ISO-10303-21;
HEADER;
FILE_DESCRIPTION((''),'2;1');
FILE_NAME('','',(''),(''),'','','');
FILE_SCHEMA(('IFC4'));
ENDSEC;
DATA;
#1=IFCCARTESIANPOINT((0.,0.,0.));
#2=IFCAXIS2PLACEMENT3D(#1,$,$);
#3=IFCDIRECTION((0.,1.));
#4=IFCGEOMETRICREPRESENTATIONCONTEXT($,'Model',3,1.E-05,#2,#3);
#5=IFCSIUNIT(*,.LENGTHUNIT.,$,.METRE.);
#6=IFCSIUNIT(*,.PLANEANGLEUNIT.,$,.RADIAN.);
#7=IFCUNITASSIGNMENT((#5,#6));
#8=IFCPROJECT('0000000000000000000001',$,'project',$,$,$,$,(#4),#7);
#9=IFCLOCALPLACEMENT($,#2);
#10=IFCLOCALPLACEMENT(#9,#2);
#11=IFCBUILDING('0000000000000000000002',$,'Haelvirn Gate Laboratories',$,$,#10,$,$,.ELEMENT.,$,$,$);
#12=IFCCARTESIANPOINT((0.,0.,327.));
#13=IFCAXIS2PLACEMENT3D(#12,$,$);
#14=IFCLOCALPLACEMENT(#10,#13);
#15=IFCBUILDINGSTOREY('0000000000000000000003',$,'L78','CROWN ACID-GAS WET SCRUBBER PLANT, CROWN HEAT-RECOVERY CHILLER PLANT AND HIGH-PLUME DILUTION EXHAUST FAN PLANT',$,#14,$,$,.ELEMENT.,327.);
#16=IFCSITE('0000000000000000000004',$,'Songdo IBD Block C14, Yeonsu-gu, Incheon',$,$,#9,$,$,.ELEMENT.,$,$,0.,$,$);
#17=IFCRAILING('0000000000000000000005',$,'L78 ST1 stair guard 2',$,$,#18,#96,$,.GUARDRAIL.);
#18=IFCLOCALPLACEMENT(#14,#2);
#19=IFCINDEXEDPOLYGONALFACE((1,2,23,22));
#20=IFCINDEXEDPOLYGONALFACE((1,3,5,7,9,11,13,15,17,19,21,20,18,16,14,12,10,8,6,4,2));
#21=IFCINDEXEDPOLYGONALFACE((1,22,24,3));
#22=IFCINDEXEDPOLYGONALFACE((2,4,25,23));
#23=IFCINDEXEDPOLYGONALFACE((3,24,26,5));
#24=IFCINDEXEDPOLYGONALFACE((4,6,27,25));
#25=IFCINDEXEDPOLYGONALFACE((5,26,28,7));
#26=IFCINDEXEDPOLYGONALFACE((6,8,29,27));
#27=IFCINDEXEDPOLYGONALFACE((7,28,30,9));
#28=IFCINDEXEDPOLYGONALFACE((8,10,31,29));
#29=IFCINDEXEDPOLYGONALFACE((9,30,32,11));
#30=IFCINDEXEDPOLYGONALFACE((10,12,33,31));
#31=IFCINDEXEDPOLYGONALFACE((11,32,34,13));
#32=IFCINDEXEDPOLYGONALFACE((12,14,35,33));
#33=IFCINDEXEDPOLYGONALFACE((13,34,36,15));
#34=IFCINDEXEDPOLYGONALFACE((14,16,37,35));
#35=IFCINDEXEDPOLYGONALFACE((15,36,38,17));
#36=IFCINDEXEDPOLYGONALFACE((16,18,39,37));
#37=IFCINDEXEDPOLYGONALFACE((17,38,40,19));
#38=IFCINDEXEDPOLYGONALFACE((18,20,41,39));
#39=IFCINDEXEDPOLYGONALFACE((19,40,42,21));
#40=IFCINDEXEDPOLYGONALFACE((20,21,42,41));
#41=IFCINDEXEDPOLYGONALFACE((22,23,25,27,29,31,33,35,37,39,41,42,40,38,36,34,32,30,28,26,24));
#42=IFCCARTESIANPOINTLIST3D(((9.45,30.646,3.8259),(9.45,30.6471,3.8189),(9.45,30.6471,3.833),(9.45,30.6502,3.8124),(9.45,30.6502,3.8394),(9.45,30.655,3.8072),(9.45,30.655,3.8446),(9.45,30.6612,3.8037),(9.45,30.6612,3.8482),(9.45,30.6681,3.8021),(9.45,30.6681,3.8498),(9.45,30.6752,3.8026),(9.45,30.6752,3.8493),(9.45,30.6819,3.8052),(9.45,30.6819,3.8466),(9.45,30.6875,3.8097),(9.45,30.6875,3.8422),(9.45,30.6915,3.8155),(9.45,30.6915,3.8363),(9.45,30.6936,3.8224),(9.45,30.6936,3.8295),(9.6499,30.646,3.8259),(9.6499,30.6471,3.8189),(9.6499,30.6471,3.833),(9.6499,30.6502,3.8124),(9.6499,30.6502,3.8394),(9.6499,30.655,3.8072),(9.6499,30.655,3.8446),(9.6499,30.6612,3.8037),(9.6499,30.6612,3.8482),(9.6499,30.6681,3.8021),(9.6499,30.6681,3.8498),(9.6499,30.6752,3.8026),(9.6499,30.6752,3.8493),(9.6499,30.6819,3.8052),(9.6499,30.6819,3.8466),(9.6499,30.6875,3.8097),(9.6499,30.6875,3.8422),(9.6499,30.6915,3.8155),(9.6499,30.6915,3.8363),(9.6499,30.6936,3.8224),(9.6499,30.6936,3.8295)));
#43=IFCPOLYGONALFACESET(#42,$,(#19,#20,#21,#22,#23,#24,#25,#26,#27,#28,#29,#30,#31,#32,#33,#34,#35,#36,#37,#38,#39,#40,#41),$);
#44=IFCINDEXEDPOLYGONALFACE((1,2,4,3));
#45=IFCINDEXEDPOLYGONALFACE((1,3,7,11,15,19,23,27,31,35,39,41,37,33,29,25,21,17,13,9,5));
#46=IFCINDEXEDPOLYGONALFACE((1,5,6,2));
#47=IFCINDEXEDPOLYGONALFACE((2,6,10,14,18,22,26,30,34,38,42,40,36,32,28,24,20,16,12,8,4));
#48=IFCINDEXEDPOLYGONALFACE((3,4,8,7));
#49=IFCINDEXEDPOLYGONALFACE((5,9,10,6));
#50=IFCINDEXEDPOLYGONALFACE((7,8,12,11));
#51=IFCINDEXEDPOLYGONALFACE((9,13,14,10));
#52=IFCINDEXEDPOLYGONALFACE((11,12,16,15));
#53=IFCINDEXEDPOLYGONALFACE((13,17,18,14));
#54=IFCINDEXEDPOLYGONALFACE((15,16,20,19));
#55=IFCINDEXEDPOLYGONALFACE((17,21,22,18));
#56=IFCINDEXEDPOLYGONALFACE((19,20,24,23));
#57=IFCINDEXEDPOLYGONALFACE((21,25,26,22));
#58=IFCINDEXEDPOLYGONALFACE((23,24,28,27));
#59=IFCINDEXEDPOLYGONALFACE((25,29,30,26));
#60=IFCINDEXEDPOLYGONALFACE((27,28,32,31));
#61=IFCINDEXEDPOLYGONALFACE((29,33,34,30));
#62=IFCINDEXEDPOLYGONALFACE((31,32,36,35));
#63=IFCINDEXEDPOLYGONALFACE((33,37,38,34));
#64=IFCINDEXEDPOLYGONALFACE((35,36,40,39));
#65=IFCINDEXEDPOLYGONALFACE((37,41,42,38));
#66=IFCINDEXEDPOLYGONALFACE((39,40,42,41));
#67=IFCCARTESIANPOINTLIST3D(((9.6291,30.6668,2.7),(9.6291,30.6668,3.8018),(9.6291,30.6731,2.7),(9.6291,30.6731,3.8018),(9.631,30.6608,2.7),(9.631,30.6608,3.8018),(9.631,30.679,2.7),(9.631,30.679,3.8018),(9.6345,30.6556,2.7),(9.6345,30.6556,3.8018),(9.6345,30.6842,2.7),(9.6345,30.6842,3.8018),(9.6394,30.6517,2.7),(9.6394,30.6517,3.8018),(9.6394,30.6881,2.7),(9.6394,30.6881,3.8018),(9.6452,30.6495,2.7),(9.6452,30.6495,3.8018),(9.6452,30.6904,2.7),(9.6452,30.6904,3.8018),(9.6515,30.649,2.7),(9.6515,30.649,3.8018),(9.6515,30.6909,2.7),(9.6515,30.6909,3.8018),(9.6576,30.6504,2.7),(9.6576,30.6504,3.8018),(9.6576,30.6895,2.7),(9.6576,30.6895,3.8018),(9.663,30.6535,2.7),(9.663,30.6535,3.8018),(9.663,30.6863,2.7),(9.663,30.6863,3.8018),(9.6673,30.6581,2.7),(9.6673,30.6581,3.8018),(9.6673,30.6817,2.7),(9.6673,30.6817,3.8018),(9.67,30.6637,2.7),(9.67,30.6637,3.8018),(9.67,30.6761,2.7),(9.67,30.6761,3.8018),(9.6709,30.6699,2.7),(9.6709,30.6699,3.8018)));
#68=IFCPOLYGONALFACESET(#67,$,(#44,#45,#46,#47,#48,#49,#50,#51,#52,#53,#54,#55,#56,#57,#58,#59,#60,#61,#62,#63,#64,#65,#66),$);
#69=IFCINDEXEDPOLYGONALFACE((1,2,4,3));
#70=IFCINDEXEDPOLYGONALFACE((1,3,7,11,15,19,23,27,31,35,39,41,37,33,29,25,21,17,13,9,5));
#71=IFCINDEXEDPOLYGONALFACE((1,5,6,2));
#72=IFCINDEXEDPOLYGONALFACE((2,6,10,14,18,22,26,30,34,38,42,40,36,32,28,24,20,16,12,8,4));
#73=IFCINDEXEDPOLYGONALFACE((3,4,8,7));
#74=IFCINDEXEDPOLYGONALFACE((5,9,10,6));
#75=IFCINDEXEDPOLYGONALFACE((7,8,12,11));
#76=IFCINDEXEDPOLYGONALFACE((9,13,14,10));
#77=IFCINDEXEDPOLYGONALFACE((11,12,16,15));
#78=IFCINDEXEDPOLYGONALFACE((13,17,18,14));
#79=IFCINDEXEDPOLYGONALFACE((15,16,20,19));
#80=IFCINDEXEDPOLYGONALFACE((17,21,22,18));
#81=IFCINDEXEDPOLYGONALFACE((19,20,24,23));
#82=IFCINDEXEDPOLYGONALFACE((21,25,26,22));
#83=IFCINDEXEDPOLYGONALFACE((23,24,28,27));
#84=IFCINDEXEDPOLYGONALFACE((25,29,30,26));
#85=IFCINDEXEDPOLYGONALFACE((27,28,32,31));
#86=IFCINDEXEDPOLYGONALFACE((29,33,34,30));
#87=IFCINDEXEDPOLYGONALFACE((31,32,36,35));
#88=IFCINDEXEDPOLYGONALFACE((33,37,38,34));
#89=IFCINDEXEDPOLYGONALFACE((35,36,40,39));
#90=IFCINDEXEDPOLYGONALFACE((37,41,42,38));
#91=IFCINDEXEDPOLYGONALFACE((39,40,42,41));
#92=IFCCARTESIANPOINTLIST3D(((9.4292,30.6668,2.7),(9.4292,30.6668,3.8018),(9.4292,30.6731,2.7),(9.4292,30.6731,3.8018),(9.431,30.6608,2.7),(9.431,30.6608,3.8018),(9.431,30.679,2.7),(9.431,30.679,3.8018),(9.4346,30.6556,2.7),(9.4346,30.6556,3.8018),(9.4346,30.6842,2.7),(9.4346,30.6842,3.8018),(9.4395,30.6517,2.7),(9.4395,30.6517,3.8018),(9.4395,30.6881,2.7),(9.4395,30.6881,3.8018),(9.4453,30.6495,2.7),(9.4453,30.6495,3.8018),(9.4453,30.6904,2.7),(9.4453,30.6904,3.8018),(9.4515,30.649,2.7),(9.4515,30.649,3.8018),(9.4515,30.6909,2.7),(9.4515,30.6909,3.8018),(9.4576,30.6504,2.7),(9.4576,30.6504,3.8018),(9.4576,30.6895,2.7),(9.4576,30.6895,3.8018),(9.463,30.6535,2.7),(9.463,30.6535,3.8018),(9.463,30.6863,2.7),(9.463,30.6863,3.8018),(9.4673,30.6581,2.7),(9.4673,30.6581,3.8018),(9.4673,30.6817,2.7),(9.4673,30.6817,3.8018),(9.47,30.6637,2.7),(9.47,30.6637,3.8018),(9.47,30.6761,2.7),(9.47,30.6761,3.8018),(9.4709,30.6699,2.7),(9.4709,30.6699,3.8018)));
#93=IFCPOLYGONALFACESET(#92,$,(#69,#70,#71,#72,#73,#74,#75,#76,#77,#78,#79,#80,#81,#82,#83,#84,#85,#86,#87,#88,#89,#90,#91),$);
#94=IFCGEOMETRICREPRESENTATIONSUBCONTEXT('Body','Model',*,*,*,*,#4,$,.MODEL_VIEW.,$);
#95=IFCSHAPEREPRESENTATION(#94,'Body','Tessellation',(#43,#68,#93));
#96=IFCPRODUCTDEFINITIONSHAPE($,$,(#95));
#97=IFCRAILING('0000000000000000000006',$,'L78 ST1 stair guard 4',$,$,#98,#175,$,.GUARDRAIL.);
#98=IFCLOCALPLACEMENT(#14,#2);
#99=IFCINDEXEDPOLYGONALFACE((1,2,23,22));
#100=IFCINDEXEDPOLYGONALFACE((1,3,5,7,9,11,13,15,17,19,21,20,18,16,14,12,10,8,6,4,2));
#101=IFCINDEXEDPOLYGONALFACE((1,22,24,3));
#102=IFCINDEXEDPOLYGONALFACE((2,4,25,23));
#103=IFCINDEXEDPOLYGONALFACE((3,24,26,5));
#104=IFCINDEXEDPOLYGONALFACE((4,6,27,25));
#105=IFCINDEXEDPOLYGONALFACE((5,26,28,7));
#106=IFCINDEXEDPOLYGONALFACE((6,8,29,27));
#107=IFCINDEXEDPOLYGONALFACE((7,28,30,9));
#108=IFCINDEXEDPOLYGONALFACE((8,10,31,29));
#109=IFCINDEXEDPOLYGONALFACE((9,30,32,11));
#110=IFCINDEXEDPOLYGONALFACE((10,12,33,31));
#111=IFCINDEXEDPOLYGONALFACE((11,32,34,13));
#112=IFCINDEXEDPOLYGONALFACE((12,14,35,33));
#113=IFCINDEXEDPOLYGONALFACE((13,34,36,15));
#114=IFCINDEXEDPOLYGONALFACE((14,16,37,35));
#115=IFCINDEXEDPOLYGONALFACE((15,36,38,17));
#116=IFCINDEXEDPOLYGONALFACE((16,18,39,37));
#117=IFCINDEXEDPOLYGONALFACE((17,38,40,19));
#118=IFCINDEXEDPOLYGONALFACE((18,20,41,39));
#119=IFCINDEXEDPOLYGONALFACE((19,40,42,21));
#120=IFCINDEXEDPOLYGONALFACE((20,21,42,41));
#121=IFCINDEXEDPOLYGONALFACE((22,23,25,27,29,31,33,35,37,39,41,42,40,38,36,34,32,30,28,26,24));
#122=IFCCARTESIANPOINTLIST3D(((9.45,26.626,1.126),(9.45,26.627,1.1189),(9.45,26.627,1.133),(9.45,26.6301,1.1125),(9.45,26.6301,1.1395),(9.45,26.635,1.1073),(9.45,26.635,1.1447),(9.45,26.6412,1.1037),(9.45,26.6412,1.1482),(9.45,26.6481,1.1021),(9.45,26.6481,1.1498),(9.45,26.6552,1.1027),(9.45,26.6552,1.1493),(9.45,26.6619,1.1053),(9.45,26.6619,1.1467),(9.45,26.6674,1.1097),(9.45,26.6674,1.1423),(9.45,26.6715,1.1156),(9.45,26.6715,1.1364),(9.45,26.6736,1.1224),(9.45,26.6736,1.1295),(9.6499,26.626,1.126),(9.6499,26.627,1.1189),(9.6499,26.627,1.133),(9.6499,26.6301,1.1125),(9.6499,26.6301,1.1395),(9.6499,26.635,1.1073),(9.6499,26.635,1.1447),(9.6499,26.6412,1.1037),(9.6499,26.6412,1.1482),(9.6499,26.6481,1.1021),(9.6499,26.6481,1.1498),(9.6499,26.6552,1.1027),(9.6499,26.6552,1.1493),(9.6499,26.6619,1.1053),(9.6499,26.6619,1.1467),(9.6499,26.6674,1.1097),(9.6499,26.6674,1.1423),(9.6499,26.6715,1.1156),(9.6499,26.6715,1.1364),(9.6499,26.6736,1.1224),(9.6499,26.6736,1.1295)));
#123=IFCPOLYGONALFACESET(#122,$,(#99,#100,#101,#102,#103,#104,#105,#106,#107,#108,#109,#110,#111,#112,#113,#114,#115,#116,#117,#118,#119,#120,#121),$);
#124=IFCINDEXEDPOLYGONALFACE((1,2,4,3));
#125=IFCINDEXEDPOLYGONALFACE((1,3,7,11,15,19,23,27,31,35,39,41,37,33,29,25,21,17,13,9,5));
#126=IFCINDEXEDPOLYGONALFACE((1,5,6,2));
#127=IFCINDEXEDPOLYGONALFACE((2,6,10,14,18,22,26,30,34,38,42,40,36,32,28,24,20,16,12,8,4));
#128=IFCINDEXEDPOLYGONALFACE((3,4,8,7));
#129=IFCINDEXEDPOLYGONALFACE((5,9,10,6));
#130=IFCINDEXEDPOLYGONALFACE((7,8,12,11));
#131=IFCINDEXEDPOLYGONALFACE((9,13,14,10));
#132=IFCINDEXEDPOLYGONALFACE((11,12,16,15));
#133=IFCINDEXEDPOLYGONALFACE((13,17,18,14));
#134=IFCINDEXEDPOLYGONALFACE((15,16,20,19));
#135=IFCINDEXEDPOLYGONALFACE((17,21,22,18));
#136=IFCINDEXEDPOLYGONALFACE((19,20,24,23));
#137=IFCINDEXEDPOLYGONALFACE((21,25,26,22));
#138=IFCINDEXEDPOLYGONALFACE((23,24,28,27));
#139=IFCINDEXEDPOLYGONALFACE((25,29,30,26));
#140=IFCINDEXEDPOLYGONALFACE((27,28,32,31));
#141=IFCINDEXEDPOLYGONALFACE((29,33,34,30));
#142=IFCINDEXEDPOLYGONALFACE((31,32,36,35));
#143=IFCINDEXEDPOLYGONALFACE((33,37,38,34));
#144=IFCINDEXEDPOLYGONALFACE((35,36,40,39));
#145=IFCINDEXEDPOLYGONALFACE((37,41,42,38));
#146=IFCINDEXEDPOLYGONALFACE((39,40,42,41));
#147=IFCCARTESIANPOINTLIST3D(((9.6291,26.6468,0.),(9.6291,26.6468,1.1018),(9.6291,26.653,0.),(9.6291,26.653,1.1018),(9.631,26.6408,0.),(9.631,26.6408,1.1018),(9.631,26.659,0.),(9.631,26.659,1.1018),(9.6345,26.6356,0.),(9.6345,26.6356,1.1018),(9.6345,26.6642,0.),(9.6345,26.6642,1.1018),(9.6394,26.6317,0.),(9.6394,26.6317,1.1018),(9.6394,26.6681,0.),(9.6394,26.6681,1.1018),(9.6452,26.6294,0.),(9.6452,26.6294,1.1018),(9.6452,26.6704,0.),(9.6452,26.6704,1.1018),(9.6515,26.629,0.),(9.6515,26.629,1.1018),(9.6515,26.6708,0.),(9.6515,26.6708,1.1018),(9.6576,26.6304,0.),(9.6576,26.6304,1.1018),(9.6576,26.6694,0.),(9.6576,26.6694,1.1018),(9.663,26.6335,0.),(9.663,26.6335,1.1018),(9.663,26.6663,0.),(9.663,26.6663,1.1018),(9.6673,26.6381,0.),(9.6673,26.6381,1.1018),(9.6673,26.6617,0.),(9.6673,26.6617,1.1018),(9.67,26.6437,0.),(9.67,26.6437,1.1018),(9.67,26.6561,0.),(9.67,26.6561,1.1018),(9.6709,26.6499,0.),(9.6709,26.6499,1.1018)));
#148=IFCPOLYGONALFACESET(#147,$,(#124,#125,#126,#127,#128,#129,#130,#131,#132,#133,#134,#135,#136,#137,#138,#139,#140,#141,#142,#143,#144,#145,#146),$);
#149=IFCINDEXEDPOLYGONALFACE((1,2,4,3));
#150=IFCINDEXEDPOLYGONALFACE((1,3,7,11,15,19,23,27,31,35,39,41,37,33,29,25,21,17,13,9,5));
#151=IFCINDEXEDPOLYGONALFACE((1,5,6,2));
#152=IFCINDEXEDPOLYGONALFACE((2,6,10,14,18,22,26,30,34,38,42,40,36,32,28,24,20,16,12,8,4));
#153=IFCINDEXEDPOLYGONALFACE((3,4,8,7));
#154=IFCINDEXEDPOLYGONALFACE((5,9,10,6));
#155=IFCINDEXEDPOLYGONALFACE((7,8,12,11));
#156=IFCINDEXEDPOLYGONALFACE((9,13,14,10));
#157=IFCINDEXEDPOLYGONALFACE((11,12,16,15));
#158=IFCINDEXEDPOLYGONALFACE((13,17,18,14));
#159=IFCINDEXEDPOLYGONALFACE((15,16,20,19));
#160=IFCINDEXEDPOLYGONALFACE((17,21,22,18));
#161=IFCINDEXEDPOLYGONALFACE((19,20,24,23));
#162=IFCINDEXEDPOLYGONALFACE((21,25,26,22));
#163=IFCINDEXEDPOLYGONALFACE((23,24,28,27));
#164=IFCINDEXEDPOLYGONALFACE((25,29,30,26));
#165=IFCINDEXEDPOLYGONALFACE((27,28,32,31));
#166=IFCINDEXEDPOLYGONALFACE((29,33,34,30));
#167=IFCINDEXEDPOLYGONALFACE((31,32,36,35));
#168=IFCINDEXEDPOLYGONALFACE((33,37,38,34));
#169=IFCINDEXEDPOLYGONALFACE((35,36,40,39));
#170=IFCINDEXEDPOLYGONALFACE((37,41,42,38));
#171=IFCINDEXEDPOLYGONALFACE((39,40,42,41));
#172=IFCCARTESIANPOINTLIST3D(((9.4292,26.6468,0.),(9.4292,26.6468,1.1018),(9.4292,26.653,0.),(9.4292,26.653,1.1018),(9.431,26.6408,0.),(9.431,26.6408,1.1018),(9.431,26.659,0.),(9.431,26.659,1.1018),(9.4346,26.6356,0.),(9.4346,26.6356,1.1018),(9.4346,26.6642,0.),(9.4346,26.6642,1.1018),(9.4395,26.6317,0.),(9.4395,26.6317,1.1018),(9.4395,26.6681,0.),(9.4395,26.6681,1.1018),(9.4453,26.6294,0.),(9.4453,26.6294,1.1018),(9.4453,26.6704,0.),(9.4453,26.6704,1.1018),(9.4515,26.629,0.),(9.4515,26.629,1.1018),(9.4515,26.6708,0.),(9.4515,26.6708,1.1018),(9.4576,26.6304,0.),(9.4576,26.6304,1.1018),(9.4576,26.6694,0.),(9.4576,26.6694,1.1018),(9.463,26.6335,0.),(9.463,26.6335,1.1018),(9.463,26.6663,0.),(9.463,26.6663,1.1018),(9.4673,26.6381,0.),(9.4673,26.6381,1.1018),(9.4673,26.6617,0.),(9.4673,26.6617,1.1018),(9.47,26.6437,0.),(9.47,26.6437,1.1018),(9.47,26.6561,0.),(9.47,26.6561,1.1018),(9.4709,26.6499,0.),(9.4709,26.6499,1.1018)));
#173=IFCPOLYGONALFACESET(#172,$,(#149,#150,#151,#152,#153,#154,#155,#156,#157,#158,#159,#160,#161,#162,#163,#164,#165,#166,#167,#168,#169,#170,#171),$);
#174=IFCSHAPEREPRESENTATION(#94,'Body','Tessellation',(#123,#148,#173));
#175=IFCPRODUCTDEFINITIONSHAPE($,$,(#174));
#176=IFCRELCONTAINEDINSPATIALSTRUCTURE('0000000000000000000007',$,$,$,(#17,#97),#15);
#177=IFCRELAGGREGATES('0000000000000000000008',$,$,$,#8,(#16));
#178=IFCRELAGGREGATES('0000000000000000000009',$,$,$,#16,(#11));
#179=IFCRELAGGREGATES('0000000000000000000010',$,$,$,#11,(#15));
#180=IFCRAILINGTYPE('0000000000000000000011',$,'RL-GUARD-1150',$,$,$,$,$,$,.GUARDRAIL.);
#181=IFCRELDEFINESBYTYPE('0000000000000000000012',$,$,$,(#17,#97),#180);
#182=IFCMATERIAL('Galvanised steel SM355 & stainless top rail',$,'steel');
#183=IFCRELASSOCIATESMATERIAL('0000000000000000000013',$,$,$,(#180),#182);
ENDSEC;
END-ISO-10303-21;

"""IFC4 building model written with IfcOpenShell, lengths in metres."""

from ifc_helpers import new_model, si_unit, direction, frame, origin, origin_2d, place, context, subcontext, project, spatial, circle, extrude, source, transform, mapped, material, type_object, element, save


model = new_model("IFC4")

# Units and contexts
model_context = context("Model", 3, precision=1e-05, world=origin(), true_north=direction((0.0, 1.0)))
body_context = subcontext(model_context, "Body", "Model", "MODEL_VIEW")
ifc_project = project(units=[si_unit("LENGTHUNIT", "METRE"), si_unit("PLANEANGLEUNIT", "RADIAN")], contexts=[model_context])

# Site, building, storey
site_placement = place(None, origin())
site = spatial("IfcSite", under=ifc_project, at=site_placement, Name="Songdo IBD Block C14, Yeonsu-gu, Incheon", CompositionType="ELEMENT", RefElevation=0.0)
building_placement = place(site_placement, origin())
building = spatial("IfcBuilding", under=site, at=building_placement, Name="Haelvirn Gate Laboratories", CompositionType="ELEMENT")
storey_placement = place(building_placement, frame((0.0, 0.0, 327.0)))
storey = spatial("IfcBuildingStorey", under=building, at=storey_placement, Name="L78", Description="CROWN ACID-GAS WET SCRUBBER PLANT, CROWN HEAT-RECOVERY CHILLER PLANT AND HIGH-PLUME DILUTION EXHAUST FAN PLANT", CompositionType="ELEMENT", Elevation=327.0)

# Railings
ifc_material_1 = material(Name="Galvanised steel SM355 & stainless top rail", Category="steel")
railing_type_1 = type_object("IfcRailingType", Name="RL-GUARD-1150", PredefinedType="GUARDRAIL", material=ifc_material_1)
shared_shape_1 = source(origin(), body_context, "Body", "SweptSolid", [
    extrude(circle(Radius=0.0239, at=origin_2d()), frame((0.0, 0.0, 1.126), z_axis=(-1.0, 0.0, 0.0), x_axis=(0.0, -1.0, 0.0)), (0.0, 0.0, 1.0), 0.2),
    extrude(circle(Radius=0.021, at=origin_2d()), origin(), (0.0, 0.0, 1.0), 1.1018),
    extrude(circle(Radius=0.021, at=origin_2d()), frame((-0.2, 0.0, 0.0)), (0.0, 0.0, 1.0), 1.1018),
])
for number, where, name in (
    (1, (9.6499, 30.6699, 2.7), "L78 ST1 stair guard 2"),
    (2, (9.6499, 26.6499, 0.0), "L78 ST1 stair guard 4"),
):
    element("IfcRailing", number, at=place(storey_placement, frame(where)), inside=storey, type_object=railing_type_1, Name=name, PredefinedType="GUARDRAIL", context=body_context, shape_type="MappedRepresentation", body=[
        mapped(shared_shape_1, transform((0.0, 0.0, 0.0), scale=1.0)),
    ])

save(model, "model.ifc")
